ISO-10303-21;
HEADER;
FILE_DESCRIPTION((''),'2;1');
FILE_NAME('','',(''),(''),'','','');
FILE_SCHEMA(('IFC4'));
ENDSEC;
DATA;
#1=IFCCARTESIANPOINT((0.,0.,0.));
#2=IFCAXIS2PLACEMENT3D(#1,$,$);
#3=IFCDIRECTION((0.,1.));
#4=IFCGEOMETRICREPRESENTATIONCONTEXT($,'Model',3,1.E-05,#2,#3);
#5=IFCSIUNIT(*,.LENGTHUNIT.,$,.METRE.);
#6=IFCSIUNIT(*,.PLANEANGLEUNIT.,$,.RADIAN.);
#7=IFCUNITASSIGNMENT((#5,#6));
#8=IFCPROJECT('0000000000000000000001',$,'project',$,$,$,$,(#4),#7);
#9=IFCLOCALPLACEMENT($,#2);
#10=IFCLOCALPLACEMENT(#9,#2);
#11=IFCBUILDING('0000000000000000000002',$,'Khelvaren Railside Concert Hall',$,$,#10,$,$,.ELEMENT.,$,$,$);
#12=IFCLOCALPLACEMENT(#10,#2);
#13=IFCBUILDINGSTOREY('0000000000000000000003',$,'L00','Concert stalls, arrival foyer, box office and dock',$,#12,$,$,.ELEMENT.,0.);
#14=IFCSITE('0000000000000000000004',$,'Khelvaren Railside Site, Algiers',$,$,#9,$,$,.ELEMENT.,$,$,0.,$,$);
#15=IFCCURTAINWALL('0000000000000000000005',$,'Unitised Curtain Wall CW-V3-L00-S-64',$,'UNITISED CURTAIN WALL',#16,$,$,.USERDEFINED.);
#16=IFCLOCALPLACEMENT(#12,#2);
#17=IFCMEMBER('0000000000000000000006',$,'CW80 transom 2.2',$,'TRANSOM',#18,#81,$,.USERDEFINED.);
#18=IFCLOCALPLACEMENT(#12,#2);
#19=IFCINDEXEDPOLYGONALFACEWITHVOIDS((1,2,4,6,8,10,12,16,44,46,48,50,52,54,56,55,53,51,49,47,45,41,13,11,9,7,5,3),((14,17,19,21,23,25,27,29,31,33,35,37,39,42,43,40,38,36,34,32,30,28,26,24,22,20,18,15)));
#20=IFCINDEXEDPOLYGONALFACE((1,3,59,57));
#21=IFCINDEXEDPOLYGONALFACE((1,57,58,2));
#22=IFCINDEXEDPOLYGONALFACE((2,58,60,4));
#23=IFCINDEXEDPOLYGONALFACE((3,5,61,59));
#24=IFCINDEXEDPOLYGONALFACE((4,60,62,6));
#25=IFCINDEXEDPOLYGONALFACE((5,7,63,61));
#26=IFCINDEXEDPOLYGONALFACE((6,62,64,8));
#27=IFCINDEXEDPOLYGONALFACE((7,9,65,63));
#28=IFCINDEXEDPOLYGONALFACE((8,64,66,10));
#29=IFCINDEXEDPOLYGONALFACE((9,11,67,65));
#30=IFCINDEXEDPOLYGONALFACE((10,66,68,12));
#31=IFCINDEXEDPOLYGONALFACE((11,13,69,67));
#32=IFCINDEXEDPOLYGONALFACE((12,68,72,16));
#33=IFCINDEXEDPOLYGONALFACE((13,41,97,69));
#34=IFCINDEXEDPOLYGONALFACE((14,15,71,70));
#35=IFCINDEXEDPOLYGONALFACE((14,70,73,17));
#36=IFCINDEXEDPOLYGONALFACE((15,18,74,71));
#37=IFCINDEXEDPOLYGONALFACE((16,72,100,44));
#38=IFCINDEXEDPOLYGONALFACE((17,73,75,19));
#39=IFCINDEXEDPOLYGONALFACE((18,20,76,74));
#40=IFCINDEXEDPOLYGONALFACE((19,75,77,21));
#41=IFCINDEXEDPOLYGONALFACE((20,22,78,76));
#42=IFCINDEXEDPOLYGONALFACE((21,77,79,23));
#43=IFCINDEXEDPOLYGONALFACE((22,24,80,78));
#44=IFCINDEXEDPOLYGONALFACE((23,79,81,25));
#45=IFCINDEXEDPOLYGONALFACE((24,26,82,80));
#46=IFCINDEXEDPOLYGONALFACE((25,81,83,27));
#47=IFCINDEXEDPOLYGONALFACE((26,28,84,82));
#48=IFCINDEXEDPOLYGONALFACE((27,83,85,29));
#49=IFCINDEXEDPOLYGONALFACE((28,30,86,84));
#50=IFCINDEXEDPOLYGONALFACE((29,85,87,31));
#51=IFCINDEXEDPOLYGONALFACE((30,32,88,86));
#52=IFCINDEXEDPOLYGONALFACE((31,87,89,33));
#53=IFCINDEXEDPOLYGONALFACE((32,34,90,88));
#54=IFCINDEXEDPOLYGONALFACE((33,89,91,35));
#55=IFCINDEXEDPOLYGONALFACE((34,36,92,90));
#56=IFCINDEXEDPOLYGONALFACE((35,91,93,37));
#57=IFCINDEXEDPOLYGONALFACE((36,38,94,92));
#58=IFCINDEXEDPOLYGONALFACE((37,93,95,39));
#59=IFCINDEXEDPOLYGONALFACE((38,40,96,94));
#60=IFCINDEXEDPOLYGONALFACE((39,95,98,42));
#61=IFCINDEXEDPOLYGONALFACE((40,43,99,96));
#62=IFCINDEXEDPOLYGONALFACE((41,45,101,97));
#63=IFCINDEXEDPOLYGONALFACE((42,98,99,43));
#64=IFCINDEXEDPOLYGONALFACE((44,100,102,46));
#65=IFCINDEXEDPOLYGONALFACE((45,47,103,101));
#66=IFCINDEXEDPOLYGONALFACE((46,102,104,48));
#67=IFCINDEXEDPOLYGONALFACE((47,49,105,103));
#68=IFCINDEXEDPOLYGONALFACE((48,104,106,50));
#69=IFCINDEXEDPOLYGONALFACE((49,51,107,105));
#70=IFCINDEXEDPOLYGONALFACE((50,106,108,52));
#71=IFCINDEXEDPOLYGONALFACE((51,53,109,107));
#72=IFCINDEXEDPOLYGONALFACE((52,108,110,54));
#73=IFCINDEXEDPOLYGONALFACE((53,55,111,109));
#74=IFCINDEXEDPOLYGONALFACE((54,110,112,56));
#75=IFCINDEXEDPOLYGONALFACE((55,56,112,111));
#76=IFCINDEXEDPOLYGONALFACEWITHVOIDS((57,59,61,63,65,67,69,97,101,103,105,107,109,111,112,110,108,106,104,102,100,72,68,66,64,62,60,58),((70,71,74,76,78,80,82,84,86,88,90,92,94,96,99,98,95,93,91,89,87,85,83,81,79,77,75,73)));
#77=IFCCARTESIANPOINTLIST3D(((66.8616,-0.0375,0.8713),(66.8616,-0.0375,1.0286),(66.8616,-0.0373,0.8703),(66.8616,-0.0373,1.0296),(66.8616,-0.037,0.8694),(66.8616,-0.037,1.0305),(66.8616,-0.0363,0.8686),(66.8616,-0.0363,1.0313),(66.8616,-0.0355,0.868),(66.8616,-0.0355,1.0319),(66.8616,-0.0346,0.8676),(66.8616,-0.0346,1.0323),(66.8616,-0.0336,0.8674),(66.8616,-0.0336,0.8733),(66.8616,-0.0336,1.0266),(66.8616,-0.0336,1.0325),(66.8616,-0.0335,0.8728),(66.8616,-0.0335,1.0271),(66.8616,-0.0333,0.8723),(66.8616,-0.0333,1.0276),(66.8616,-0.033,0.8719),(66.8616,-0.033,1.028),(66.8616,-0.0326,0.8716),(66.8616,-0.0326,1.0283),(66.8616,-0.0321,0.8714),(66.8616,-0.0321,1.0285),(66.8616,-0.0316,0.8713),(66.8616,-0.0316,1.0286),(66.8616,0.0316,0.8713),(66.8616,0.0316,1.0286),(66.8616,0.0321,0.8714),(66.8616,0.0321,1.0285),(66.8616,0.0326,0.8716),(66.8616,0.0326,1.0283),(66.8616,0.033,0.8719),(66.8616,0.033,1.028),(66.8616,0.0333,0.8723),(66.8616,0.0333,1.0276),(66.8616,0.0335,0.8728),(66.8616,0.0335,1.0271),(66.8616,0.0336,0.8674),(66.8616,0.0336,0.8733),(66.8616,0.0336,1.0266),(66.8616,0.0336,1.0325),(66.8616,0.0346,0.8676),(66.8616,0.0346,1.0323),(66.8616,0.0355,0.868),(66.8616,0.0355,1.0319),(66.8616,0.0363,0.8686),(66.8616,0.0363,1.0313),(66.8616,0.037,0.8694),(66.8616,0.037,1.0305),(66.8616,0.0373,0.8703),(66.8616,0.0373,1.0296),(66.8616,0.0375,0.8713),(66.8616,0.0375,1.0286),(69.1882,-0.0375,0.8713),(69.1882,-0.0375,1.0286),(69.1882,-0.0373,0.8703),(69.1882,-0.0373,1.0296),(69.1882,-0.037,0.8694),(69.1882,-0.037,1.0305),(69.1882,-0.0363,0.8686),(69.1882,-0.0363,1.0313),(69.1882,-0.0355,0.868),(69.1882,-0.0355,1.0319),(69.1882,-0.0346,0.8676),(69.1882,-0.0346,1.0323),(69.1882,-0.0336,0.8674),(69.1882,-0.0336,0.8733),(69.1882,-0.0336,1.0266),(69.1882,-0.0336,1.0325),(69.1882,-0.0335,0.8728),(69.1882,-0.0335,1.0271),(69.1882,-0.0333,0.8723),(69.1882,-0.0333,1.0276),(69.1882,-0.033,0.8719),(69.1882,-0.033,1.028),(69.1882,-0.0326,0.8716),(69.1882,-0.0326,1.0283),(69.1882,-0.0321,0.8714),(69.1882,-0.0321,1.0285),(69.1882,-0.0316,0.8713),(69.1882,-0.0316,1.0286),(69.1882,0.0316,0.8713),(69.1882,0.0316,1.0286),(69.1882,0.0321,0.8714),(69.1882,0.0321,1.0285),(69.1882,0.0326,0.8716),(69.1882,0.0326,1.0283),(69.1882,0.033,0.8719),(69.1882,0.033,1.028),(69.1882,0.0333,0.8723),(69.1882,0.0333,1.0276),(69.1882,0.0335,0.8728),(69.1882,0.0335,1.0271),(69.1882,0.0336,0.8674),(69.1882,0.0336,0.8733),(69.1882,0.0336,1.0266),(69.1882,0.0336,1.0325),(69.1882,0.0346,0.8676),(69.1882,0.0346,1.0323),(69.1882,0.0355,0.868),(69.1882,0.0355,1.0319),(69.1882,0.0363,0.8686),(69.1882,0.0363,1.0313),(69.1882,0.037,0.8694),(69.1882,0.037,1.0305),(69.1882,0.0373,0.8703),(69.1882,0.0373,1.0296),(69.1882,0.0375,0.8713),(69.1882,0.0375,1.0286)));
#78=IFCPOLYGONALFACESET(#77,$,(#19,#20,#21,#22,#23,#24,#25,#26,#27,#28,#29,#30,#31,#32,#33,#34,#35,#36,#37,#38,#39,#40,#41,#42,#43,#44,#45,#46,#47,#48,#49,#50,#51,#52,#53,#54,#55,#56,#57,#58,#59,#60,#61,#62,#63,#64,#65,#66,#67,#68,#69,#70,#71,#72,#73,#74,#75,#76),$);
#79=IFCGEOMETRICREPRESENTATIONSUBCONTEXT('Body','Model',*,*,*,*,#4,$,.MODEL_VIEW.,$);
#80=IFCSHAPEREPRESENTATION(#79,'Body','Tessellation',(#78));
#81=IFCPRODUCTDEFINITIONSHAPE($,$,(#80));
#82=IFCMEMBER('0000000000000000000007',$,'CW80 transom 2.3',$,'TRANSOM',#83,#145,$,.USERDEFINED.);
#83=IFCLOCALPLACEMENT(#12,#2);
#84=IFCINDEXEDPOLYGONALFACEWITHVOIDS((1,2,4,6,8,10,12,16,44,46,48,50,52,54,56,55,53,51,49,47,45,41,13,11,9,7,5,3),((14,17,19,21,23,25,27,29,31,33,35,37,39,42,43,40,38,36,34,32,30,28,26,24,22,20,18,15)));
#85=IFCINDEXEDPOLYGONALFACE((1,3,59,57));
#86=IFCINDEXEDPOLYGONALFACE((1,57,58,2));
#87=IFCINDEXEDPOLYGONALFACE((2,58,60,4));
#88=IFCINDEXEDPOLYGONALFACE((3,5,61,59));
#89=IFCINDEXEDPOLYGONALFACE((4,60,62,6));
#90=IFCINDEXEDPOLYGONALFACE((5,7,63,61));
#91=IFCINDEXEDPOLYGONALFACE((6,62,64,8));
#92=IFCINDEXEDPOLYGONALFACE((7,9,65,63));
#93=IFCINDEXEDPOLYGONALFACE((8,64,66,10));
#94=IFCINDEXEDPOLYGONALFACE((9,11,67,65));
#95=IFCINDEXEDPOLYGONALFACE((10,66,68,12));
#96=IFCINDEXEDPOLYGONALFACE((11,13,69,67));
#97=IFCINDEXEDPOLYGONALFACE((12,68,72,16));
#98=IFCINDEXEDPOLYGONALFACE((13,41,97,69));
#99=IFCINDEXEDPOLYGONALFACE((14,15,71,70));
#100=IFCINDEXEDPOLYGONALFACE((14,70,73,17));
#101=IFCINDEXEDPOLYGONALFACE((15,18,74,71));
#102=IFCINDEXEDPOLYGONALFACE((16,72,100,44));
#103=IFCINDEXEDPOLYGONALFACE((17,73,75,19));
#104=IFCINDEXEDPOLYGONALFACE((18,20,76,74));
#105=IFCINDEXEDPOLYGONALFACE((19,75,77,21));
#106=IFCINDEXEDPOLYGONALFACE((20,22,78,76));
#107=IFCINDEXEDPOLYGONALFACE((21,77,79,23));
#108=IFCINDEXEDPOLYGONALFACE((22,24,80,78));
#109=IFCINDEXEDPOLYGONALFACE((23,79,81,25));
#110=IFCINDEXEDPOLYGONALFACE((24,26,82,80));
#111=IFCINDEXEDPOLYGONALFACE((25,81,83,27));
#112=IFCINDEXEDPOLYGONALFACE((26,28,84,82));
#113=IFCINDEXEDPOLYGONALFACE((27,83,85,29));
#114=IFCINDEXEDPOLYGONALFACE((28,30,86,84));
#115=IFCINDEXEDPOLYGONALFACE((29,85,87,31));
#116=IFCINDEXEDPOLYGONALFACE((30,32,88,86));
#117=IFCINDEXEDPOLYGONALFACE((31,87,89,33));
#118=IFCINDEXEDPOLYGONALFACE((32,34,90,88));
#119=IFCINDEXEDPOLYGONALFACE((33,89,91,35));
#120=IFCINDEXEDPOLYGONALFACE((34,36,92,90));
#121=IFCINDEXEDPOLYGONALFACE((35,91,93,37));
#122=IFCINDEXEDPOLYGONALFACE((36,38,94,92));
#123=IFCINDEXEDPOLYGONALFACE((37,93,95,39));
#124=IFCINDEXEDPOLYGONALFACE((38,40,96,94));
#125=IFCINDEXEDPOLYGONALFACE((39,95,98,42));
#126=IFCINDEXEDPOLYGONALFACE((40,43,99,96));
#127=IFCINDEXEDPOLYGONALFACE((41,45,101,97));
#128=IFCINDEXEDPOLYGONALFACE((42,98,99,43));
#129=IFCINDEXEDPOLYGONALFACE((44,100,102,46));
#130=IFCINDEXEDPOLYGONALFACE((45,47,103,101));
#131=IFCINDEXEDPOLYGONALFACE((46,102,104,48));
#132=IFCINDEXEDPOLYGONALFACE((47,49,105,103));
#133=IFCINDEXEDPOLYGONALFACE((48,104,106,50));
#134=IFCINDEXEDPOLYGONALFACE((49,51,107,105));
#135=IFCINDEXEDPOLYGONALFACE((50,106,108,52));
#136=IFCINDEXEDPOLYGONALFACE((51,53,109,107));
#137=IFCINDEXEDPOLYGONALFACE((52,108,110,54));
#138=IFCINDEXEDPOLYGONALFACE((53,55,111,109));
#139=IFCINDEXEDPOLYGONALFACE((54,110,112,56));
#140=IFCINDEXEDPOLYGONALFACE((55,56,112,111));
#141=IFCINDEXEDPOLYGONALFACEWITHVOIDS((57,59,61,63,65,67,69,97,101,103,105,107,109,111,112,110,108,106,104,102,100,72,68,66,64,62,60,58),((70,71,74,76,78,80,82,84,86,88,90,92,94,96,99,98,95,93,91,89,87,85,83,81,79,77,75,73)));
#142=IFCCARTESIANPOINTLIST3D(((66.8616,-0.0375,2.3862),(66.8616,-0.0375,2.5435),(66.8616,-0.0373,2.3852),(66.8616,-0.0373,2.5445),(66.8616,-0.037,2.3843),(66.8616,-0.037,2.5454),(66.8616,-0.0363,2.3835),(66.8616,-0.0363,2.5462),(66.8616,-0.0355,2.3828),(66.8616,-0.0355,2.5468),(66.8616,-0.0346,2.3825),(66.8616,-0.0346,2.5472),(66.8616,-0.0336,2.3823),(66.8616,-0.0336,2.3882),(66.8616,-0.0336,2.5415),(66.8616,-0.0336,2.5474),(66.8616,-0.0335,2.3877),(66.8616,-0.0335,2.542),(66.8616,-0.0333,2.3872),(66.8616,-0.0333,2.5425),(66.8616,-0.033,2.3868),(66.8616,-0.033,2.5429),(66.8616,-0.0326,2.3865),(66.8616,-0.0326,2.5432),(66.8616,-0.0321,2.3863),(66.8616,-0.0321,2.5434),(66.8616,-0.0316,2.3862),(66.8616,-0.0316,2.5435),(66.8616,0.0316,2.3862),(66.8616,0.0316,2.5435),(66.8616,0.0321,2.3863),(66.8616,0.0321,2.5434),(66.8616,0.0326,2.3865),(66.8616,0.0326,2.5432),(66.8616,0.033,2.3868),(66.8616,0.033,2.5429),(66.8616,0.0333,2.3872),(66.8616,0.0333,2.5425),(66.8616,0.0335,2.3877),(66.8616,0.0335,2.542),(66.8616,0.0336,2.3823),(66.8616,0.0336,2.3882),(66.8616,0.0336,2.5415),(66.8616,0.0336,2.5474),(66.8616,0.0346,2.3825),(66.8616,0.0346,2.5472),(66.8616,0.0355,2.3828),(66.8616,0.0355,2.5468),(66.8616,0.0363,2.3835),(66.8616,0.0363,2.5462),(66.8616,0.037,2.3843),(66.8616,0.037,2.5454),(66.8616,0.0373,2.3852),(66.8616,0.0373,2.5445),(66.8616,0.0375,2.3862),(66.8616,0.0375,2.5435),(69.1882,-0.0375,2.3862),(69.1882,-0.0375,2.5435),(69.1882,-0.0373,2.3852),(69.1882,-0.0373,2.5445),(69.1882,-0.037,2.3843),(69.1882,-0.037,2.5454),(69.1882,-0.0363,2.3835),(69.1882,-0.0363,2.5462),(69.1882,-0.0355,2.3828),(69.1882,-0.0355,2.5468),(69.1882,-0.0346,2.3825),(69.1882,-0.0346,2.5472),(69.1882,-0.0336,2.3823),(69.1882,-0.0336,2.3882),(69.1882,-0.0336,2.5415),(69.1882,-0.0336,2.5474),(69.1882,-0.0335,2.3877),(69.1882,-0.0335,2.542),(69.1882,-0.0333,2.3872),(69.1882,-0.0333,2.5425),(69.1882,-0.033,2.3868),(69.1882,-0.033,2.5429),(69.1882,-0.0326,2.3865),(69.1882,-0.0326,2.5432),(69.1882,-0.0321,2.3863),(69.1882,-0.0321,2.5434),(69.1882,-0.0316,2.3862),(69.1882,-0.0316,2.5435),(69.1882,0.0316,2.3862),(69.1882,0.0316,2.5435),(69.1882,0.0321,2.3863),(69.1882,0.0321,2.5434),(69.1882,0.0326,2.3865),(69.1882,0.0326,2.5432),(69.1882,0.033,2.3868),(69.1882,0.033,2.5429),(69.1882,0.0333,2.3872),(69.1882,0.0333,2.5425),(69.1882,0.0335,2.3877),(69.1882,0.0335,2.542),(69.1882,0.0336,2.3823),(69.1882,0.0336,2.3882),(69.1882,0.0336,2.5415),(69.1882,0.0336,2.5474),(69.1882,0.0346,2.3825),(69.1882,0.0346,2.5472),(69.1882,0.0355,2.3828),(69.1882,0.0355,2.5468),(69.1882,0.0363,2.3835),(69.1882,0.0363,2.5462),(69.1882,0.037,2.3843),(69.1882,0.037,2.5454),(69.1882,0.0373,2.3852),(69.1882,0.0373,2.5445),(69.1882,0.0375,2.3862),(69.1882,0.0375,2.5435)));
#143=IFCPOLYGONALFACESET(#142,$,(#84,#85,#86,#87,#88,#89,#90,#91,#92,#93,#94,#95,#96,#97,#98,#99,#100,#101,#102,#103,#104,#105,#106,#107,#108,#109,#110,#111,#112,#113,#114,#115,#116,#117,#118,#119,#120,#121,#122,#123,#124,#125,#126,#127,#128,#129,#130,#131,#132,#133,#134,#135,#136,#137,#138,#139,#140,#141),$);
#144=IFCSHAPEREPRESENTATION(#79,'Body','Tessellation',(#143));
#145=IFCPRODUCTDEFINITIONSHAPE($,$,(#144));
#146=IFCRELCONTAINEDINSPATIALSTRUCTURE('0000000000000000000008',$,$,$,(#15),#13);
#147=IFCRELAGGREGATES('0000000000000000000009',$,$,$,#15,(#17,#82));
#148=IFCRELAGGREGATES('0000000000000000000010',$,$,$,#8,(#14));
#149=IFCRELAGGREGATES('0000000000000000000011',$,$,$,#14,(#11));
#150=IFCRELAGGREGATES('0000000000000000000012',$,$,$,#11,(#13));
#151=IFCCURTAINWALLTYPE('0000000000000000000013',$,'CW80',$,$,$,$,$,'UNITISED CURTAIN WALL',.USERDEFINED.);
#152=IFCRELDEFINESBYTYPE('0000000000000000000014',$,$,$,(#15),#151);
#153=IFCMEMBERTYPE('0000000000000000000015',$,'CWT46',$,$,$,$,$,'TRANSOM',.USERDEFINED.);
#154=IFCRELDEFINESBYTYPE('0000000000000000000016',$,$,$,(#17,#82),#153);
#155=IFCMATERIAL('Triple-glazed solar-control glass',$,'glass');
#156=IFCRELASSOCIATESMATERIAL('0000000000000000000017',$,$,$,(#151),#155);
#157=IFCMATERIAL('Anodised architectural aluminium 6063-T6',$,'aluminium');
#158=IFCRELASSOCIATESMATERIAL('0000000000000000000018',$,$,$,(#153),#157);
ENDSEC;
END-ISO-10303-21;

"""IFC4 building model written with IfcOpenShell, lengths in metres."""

from ifc_helpers import new_model, si_unit, direction, frame, origin, origin_2d, place, context, subcontext, project, spatial, hollow_rectangle, extrude, material, material_profile, profile_set, type_object, element, aggregate, save


model = new_model("IFC4")

# Units and contexts
model_context = context("Model", 3, precision=1e-05, world=origin(), true_north=direction((0.0, 1.0)))
body_context = subcontext(model_context, "Body", "Model", "MODEL_VIEW")
ifc_project = project(units=[si_unit("LENGTHUNIT", "METRE"), si_unit("PLANEANGLEUNIT", "RADIAN")], contexts=[model_context])

# Site, building, storey
site_placement = place(None, origin())
site = spatial("IfcSite", under=ifc_project, at=site_placement, Name="Khelvaren Railside Site, Algiers", CompositionType="ELEMENT", RefElevation=0.0)
building_placement = place(site_placement, origin())
building = spatial("IfcBuilding", under=site, at=building_placement, Name="Khelvaren Railside Concert Hall", CompositionType="ELEMENT")
storey_placement = place(building_placement, origin())
storey = spatial("IfcBuildingStorey", under=building, at=storey_placement, Name="L00", Description="Concert stalls, arrival foyer, box office and dock", CompositionType="ELEMENT", Elevation=0.0)

# Curtain wall, members
ifc_material_1 = material(Name="Triple-glazed solar-control glass", Category="glass")
curtain_wall_type = type_object("IfcCurtainWallType", Name="CW80", ElementType="UNITISED CURTAIN WALL", PredefinedType="USERDEFINED", material=ifc_material_1)
curtain_wall_placement = place(storey_placement, origin())
curtain_wall = element("IfcCurtainWall", 1, at=curtain_wall_placement, inside=storey, type_object=curtain_wall_type, Name="Unitised Curtain Wall CW-V3-L00-S-64", ObjectType="UNITISED CURTAIN WALL", PredefinedType="USERDEFINED")
ifc_material_2 = material(Name="Anodised architectural aluminium 6063-T6", Category="aluminium")
ifc_material_profile_1 = material_profile(ifc_material_2, hollow_rectangle(XDim=0.075, YDim=0.165, WallThickness=0.0039, InnerFilletRadius=0.002, OuterFilletRadius=0.0039, at=origin_2d()), Name="CWT 75x165x4")
ifc_profile_set_1 = profile_set([ifc_material_profile_1], Name="Anodised architectural aluminium 6063-T6")
member_type_1 = type_object("IfcMemberType", Name="CWT46", ElementType="TRANSOM", PredefinedType="USERDEFINED", material=ifc_profile_set_1)
member_1_placement = place(storey_placement, frame((69.1882, 0.0, 0.95), z_axis=(-1.0, 0.0, 0.0), x_axis=(0.0, -1.0, 0.0)))
member_1 = element("IfcMember", 2, at=member_1_placement, type_object=member_type_1, Name="CW80 transom 2.2", ObjectType="TRANSOM", PredefinedType="USERDEFINED", context=body_context, shape_type="SweptSolid", body=[
    extrude(hollow_rectangle(XDim=0.075, YDim=0.165, WallThickness=0.0039, InnerFilletRadius=0.002, OuterFilletRadius=0.0039, at=origin_2d()), origin(), (0.0, 0.0, 1.0), 2.3267),
])
member_2_placement = place(storey_placement, frame((69.1882, 0.0, 2.4648), z_axis=(-1.0, 0.0, 0.0), x_axis=(0.0, -1.0, 0.0)))
member_2 = element("IfcMember", 3, at=member_2_placement, type_object=member_type_1, Name="CW80 transom 2.3", ObjectType="TRANSOM", PredefinedType="USERDEFINED", context=body_context, shape_type="SweptSolid", body=[
    extrude(hollow_rectangle(XDim=0.075, YDim=0.165, WallThickness=0.0039, InnerFilletRadius=0.002, OuterFilletRadius=0.0039, at=origin_2d()), origin(), (0.0, 0.0, 1.0), 2.3267),
])

aggregate(curtain_wall, [member_1, member_2])

save(model, "model.ifc")
